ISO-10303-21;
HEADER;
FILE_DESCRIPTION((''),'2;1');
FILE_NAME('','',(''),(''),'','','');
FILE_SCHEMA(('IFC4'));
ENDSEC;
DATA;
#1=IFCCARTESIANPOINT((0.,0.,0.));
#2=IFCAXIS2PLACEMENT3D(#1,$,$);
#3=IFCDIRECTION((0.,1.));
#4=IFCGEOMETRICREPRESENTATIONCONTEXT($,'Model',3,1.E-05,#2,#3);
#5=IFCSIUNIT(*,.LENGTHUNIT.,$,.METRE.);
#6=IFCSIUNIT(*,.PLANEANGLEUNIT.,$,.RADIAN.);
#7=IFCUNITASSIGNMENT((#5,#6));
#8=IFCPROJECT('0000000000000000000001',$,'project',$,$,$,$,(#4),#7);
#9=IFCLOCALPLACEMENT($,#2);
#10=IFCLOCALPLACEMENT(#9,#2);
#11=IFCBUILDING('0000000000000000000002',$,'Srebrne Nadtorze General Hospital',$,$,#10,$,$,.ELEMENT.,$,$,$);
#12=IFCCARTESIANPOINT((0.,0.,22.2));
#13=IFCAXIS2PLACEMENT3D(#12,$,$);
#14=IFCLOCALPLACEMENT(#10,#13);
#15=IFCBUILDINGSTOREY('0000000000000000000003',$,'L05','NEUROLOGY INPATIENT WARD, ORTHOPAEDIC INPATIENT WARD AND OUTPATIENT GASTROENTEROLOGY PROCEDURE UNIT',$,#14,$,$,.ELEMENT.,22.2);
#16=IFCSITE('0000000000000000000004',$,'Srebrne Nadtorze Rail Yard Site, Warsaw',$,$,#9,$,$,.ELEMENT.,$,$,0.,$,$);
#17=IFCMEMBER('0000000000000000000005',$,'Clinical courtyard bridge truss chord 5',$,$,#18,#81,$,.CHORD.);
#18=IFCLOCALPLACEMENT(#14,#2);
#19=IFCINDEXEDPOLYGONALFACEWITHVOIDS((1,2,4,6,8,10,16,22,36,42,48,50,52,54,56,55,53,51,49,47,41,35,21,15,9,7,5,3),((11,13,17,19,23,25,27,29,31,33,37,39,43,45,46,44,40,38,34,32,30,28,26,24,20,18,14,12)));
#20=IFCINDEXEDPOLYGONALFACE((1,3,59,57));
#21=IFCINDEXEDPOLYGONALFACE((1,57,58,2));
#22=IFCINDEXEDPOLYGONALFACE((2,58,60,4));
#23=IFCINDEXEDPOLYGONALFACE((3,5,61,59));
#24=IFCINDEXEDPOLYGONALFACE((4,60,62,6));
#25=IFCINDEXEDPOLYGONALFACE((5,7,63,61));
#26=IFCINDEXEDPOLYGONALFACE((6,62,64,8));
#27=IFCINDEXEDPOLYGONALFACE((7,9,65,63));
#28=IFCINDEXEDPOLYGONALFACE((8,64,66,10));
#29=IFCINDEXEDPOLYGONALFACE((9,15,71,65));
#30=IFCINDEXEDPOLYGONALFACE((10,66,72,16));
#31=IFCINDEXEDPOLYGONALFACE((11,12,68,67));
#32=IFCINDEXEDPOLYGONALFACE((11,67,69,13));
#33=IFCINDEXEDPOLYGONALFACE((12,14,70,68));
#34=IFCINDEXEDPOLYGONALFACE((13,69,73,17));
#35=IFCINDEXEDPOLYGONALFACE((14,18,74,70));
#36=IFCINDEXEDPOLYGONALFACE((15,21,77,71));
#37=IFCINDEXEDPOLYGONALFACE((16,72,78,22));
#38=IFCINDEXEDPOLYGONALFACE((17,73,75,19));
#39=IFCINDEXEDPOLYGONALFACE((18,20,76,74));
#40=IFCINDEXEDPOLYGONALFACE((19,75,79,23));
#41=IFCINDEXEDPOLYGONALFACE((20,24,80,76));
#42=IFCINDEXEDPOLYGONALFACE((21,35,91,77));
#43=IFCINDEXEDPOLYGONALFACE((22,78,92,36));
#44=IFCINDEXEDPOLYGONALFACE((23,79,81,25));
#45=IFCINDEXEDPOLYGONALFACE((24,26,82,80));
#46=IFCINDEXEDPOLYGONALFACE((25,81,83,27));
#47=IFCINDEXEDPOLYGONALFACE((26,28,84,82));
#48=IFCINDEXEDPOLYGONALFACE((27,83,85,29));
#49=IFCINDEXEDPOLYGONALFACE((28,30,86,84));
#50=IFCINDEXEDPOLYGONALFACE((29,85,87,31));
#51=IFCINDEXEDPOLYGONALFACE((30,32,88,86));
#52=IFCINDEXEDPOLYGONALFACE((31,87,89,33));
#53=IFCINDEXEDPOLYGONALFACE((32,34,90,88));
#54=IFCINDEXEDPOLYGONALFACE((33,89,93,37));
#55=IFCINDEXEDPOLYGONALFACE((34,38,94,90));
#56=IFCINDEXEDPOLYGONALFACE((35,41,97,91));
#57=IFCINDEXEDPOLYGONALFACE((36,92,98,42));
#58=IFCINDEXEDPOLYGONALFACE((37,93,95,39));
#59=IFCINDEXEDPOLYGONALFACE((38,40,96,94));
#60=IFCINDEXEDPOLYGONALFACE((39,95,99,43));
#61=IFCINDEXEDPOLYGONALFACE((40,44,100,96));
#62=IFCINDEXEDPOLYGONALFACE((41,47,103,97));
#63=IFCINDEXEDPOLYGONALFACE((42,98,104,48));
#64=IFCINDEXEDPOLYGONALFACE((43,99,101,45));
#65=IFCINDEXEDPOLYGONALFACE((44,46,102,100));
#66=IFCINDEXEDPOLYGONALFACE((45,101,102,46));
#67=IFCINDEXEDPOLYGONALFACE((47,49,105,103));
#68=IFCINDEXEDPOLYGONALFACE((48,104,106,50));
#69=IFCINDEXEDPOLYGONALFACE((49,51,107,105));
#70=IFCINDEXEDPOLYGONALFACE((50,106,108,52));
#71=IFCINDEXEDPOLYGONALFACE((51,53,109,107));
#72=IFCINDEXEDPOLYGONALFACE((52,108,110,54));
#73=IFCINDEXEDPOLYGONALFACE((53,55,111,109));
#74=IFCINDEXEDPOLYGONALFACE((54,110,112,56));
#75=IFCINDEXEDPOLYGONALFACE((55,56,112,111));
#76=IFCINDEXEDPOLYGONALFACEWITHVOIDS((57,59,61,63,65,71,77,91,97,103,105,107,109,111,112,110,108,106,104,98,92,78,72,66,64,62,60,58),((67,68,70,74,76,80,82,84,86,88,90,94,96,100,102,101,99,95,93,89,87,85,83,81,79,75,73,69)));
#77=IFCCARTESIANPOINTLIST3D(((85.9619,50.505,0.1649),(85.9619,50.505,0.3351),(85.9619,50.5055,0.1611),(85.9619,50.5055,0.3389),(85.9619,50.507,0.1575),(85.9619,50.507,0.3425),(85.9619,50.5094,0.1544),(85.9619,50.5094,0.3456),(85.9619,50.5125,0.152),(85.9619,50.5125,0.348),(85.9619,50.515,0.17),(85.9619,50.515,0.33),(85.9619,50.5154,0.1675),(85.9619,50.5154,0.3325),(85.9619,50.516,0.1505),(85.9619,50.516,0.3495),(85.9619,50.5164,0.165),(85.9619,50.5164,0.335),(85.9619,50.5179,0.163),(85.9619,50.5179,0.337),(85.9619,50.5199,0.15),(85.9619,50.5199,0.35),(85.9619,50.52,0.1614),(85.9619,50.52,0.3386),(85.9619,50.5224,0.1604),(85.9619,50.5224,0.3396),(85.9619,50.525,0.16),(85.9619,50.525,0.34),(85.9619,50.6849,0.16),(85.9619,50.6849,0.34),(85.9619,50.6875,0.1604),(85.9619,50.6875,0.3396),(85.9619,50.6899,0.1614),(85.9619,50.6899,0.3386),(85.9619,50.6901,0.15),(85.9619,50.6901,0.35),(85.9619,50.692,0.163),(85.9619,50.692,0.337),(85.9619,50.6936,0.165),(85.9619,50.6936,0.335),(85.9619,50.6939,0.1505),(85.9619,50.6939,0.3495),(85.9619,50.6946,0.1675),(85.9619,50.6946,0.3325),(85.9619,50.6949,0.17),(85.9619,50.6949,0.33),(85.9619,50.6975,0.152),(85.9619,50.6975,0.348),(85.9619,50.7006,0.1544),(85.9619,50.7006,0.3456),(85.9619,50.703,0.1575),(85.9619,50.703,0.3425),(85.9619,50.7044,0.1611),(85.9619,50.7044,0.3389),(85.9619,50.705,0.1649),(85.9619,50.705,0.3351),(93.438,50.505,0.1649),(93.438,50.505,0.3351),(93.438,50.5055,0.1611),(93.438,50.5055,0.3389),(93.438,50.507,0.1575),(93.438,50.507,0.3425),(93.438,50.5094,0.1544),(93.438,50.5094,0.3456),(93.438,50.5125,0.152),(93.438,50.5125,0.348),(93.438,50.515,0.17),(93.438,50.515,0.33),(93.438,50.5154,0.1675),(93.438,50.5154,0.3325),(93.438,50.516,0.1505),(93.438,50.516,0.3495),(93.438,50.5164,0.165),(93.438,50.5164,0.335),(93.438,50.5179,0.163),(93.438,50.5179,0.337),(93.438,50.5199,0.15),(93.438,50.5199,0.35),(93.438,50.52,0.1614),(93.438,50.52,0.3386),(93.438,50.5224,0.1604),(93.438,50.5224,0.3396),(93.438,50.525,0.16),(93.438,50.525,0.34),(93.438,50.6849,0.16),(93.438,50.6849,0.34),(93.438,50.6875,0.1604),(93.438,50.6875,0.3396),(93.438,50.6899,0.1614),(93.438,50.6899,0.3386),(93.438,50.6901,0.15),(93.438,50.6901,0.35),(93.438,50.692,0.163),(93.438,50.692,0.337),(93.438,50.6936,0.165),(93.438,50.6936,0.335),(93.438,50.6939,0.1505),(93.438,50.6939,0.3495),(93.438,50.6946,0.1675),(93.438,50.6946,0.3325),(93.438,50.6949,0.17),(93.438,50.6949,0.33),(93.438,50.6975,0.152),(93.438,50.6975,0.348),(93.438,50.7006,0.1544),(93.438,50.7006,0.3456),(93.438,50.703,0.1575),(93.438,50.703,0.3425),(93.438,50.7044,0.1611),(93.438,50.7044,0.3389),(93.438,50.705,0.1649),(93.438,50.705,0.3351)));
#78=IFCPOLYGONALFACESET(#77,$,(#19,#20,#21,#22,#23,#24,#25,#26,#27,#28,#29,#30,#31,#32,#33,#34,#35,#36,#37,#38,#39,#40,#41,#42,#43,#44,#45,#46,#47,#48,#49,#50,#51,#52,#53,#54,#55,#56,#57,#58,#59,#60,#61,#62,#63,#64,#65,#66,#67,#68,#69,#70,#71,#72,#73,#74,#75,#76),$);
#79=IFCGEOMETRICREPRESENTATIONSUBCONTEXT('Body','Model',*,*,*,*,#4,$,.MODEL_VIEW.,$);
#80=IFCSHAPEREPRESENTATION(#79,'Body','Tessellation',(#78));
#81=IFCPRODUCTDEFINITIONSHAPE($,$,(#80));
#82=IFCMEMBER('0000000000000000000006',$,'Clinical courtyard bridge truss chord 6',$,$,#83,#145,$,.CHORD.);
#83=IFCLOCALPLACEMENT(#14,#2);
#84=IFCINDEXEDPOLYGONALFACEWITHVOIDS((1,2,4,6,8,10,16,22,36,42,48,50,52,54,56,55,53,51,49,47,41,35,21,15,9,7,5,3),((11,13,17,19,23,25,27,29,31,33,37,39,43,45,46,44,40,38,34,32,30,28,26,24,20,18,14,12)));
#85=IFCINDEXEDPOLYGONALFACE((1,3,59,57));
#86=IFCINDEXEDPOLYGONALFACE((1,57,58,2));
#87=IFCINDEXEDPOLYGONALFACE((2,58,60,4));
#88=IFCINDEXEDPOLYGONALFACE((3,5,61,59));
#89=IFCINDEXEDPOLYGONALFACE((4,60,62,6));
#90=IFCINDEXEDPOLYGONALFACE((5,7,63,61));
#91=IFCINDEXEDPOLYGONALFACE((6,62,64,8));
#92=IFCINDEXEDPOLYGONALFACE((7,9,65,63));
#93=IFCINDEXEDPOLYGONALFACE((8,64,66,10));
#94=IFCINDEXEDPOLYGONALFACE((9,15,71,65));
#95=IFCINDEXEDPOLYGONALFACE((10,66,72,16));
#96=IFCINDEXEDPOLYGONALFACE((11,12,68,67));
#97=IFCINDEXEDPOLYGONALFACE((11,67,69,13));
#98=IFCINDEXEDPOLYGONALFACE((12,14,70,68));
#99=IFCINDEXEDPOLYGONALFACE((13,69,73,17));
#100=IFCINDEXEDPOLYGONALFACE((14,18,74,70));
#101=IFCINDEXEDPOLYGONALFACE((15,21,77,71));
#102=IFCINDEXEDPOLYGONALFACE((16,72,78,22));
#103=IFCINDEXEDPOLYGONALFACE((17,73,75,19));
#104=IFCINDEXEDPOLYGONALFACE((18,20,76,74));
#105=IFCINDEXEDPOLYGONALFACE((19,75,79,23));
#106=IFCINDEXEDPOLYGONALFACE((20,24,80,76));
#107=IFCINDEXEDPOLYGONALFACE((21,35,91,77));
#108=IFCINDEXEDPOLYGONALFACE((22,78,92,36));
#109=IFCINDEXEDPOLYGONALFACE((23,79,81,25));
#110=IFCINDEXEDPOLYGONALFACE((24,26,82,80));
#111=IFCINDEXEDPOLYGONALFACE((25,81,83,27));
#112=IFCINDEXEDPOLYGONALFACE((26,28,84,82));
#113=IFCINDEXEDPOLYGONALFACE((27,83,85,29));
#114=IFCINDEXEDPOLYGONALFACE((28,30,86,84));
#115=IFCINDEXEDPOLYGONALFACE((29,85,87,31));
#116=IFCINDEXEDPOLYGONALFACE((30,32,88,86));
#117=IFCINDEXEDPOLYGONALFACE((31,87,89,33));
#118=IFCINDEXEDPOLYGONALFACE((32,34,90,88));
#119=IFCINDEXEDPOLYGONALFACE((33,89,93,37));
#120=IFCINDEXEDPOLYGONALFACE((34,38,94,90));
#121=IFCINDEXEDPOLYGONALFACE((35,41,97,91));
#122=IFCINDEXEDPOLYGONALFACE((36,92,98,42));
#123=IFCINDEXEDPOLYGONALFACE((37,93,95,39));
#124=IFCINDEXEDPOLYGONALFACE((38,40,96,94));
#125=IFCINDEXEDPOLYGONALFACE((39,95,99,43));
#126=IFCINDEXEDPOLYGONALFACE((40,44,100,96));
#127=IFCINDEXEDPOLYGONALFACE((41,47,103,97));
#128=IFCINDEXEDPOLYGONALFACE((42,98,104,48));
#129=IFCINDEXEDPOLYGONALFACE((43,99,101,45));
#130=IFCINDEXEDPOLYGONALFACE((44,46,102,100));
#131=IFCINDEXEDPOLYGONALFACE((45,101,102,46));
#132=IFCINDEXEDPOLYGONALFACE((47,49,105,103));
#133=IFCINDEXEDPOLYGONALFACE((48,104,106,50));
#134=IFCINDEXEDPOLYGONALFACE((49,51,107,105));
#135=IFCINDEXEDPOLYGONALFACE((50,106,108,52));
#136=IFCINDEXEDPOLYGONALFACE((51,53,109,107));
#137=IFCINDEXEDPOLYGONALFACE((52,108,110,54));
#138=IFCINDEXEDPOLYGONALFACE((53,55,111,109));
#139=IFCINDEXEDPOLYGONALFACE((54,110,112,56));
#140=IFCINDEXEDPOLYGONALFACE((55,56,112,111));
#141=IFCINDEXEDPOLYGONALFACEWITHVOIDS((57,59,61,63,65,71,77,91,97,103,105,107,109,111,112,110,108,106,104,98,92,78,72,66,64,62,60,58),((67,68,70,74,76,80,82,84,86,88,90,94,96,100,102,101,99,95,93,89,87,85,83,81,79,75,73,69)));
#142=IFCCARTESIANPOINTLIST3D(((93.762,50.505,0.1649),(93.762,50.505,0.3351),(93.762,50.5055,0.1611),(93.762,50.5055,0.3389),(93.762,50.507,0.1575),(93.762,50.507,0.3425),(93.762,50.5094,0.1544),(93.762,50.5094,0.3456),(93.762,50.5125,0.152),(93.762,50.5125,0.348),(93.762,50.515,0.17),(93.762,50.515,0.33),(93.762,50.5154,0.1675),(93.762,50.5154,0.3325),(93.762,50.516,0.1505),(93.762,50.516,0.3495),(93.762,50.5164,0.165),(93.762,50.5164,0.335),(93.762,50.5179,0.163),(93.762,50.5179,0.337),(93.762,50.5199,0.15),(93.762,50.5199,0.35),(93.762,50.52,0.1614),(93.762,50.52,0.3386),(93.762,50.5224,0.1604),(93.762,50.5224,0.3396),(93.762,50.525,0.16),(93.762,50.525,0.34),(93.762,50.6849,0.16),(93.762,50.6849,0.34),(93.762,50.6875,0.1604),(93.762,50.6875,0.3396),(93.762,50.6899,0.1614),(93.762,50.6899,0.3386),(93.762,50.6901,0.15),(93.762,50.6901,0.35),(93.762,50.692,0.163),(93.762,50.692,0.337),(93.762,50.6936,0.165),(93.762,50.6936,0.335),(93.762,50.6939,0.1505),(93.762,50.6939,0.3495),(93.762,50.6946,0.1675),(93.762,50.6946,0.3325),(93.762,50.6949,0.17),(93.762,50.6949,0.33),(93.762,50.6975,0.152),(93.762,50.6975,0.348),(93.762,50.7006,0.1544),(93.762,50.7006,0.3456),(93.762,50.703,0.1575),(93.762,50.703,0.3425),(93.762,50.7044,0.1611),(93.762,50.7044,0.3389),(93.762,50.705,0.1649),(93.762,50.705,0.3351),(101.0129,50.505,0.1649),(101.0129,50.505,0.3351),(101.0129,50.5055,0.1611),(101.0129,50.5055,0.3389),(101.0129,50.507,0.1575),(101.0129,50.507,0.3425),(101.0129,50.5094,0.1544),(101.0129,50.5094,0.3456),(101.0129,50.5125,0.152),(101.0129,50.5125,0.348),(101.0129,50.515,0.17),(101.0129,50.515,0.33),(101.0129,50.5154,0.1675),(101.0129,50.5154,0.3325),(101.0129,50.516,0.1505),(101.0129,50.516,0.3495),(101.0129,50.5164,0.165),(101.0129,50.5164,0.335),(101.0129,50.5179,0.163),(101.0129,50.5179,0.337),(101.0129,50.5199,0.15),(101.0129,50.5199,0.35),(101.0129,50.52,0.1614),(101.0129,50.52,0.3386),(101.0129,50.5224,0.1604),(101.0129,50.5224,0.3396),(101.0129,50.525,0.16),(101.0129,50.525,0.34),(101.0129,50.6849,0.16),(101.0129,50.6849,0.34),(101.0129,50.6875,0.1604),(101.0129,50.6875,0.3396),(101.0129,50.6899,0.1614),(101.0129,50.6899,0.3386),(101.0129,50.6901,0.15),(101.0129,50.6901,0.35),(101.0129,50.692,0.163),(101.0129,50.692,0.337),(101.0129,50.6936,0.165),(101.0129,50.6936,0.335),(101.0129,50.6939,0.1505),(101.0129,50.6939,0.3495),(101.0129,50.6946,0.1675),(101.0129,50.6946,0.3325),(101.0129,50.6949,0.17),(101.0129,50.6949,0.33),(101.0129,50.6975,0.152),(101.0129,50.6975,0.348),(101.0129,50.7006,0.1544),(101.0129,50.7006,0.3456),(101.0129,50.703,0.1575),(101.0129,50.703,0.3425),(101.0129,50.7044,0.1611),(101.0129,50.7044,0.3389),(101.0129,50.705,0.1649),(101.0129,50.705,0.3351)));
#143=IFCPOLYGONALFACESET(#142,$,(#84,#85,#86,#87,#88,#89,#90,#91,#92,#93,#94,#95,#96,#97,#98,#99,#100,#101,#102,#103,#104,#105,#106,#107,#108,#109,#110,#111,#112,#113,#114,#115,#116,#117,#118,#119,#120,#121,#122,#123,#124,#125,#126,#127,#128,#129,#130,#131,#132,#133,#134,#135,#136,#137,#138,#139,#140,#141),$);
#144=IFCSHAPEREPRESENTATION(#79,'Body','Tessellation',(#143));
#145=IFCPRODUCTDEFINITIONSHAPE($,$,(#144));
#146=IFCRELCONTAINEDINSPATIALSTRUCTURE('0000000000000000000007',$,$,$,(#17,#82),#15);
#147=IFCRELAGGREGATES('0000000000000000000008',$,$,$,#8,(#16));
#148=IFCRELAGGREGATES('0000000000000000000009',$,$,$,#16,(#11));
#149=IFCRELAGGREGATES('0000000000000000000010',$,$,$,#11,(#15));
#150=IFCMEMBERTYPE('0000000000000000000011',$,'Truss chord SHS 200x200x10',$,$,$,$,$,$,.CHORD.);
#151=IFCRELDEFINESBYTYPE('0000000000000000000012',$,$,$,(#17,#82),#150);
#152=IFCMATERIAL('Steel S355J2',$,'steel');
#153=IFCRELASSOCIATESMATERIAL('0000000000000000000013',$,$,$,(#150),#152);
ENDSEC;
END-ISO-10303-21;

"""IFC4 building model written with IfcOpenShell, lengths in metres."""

from ifc_helpers import new_model, si_unit, direction, frame, origin, origin_2d, place, context, subcontext, project, spatial, hollow_rectangle, extrude, material, material_profile, profile_set, type_object, element, save


model = new_model("IFC4")

# Units and contexts
model_context = context("Model", 3, precision=1e-05, world=origin(), true_north=direction((0.0, 1.0)))
body_context = subcontext(model_context, "Body", "Model", "MODEL_VIEW")
ifc_project = project(units=[si_unit("LENGTHUNIT", "METRE"), si_unit("PLANEANGLEUNIT", "RADIAN")], contexts=[model_context])

# Site, building, storey
site_placement = place(None, origin())
site = spatial("IfcSite", under=ifc_project, at=site_placement, Name="Srebrne Nadtorze Rail Yard Site, Warsaw", CompositionType="ELEMENT", RefElevation=0.0)
building_placement = place(site_placement, origin())
building = spatial("IfcBuilding", under=site, at=building_placement, Name="Srebrne Nadtorze General Hospital", CompositionType="ELEMENT")
storey_placement = place(building_placement, frame((0.0, 0.0, 22.2)))
storey = spatial("IfcBuildingStorey", under=building, at=storey_placement, Name="L05", Description="NEUROLOGY INPATIENT WARD, ORTHOPAEDIC INPATIENT WARD AND OUTPATIENT GASTROENTEROLOGY PROCEDURE UNIT", CompositionType="ELEMENT", Elevation=22.2)

# Members
ifc_material_1 = material(Name="Steel S355J2", Category="steel")
ifc_material_profile_1 = material_profile(ifc_material_1, hollow_rectangle(XDim=0.2, YDim=0.2, WallThickness=0.01, InnerFilletRadius=0.01, OuterFilletRadius=0.0149, at=origin_2d()), Name="SHS-200x200x10")
ifc_profile_set_1 = profile_set([ifc_material_profile_1], Name="Steel S355J2")
member_type_1 = type_object("IfcMemberType", Name="Truss chord SHS 200x200x10", PredefinedType="CHORD", material=ifc_profile_set_1)
member_1_placement = place(storey_placement, frame((85.9619, 50.605, 0.25), z_axis=(1.0, 0.0, 0.0), x_axis=(0.0, 1.0, 0.0)))
element("IfcMember", 1, at=member_1_placement, inside=storey, type_object=member_type_1, Name="Clinical courtyard bridge truss chord 5", PredefinedType="CHORD", context=body_context, shape_type="SweptSolid", body=[
    extrude(hollow_rectangle(XDim=0.2, YDim=0.2, WallThickness=0.01, InnerFilletRadius=0.01, OuterFilletRadius=0.0149, at=origin_2d()), origin(), (0.0, 0.0, 1.0), 7.4761),
])
member_2_placement = place(storey_placement, frame((93.762, 50.605, 0.25), z_axis=(1.0, 0.0, 0.0), x_axis=(0.0, 1.0, 0.0)))
element("IfcMember", 2, at=member_2_placement, inside=storey, type_object=member_type_1, Name="Clinical courtyard bridge truss chord 6", PredefinedType="CHORD", context=body_context, shape_type="SweptSolid", body=[
    extrude(hollow_rectangle(XDim=0.2, YDim=0.2, WallThickness=0.01, InnerFilletRadius=0.01, OuterFilletRadius=0.0149, at=origin_2d()), origin(), (0.0, 0.0, 1.0), 7.251),
])

save(model, "model.ifc")
